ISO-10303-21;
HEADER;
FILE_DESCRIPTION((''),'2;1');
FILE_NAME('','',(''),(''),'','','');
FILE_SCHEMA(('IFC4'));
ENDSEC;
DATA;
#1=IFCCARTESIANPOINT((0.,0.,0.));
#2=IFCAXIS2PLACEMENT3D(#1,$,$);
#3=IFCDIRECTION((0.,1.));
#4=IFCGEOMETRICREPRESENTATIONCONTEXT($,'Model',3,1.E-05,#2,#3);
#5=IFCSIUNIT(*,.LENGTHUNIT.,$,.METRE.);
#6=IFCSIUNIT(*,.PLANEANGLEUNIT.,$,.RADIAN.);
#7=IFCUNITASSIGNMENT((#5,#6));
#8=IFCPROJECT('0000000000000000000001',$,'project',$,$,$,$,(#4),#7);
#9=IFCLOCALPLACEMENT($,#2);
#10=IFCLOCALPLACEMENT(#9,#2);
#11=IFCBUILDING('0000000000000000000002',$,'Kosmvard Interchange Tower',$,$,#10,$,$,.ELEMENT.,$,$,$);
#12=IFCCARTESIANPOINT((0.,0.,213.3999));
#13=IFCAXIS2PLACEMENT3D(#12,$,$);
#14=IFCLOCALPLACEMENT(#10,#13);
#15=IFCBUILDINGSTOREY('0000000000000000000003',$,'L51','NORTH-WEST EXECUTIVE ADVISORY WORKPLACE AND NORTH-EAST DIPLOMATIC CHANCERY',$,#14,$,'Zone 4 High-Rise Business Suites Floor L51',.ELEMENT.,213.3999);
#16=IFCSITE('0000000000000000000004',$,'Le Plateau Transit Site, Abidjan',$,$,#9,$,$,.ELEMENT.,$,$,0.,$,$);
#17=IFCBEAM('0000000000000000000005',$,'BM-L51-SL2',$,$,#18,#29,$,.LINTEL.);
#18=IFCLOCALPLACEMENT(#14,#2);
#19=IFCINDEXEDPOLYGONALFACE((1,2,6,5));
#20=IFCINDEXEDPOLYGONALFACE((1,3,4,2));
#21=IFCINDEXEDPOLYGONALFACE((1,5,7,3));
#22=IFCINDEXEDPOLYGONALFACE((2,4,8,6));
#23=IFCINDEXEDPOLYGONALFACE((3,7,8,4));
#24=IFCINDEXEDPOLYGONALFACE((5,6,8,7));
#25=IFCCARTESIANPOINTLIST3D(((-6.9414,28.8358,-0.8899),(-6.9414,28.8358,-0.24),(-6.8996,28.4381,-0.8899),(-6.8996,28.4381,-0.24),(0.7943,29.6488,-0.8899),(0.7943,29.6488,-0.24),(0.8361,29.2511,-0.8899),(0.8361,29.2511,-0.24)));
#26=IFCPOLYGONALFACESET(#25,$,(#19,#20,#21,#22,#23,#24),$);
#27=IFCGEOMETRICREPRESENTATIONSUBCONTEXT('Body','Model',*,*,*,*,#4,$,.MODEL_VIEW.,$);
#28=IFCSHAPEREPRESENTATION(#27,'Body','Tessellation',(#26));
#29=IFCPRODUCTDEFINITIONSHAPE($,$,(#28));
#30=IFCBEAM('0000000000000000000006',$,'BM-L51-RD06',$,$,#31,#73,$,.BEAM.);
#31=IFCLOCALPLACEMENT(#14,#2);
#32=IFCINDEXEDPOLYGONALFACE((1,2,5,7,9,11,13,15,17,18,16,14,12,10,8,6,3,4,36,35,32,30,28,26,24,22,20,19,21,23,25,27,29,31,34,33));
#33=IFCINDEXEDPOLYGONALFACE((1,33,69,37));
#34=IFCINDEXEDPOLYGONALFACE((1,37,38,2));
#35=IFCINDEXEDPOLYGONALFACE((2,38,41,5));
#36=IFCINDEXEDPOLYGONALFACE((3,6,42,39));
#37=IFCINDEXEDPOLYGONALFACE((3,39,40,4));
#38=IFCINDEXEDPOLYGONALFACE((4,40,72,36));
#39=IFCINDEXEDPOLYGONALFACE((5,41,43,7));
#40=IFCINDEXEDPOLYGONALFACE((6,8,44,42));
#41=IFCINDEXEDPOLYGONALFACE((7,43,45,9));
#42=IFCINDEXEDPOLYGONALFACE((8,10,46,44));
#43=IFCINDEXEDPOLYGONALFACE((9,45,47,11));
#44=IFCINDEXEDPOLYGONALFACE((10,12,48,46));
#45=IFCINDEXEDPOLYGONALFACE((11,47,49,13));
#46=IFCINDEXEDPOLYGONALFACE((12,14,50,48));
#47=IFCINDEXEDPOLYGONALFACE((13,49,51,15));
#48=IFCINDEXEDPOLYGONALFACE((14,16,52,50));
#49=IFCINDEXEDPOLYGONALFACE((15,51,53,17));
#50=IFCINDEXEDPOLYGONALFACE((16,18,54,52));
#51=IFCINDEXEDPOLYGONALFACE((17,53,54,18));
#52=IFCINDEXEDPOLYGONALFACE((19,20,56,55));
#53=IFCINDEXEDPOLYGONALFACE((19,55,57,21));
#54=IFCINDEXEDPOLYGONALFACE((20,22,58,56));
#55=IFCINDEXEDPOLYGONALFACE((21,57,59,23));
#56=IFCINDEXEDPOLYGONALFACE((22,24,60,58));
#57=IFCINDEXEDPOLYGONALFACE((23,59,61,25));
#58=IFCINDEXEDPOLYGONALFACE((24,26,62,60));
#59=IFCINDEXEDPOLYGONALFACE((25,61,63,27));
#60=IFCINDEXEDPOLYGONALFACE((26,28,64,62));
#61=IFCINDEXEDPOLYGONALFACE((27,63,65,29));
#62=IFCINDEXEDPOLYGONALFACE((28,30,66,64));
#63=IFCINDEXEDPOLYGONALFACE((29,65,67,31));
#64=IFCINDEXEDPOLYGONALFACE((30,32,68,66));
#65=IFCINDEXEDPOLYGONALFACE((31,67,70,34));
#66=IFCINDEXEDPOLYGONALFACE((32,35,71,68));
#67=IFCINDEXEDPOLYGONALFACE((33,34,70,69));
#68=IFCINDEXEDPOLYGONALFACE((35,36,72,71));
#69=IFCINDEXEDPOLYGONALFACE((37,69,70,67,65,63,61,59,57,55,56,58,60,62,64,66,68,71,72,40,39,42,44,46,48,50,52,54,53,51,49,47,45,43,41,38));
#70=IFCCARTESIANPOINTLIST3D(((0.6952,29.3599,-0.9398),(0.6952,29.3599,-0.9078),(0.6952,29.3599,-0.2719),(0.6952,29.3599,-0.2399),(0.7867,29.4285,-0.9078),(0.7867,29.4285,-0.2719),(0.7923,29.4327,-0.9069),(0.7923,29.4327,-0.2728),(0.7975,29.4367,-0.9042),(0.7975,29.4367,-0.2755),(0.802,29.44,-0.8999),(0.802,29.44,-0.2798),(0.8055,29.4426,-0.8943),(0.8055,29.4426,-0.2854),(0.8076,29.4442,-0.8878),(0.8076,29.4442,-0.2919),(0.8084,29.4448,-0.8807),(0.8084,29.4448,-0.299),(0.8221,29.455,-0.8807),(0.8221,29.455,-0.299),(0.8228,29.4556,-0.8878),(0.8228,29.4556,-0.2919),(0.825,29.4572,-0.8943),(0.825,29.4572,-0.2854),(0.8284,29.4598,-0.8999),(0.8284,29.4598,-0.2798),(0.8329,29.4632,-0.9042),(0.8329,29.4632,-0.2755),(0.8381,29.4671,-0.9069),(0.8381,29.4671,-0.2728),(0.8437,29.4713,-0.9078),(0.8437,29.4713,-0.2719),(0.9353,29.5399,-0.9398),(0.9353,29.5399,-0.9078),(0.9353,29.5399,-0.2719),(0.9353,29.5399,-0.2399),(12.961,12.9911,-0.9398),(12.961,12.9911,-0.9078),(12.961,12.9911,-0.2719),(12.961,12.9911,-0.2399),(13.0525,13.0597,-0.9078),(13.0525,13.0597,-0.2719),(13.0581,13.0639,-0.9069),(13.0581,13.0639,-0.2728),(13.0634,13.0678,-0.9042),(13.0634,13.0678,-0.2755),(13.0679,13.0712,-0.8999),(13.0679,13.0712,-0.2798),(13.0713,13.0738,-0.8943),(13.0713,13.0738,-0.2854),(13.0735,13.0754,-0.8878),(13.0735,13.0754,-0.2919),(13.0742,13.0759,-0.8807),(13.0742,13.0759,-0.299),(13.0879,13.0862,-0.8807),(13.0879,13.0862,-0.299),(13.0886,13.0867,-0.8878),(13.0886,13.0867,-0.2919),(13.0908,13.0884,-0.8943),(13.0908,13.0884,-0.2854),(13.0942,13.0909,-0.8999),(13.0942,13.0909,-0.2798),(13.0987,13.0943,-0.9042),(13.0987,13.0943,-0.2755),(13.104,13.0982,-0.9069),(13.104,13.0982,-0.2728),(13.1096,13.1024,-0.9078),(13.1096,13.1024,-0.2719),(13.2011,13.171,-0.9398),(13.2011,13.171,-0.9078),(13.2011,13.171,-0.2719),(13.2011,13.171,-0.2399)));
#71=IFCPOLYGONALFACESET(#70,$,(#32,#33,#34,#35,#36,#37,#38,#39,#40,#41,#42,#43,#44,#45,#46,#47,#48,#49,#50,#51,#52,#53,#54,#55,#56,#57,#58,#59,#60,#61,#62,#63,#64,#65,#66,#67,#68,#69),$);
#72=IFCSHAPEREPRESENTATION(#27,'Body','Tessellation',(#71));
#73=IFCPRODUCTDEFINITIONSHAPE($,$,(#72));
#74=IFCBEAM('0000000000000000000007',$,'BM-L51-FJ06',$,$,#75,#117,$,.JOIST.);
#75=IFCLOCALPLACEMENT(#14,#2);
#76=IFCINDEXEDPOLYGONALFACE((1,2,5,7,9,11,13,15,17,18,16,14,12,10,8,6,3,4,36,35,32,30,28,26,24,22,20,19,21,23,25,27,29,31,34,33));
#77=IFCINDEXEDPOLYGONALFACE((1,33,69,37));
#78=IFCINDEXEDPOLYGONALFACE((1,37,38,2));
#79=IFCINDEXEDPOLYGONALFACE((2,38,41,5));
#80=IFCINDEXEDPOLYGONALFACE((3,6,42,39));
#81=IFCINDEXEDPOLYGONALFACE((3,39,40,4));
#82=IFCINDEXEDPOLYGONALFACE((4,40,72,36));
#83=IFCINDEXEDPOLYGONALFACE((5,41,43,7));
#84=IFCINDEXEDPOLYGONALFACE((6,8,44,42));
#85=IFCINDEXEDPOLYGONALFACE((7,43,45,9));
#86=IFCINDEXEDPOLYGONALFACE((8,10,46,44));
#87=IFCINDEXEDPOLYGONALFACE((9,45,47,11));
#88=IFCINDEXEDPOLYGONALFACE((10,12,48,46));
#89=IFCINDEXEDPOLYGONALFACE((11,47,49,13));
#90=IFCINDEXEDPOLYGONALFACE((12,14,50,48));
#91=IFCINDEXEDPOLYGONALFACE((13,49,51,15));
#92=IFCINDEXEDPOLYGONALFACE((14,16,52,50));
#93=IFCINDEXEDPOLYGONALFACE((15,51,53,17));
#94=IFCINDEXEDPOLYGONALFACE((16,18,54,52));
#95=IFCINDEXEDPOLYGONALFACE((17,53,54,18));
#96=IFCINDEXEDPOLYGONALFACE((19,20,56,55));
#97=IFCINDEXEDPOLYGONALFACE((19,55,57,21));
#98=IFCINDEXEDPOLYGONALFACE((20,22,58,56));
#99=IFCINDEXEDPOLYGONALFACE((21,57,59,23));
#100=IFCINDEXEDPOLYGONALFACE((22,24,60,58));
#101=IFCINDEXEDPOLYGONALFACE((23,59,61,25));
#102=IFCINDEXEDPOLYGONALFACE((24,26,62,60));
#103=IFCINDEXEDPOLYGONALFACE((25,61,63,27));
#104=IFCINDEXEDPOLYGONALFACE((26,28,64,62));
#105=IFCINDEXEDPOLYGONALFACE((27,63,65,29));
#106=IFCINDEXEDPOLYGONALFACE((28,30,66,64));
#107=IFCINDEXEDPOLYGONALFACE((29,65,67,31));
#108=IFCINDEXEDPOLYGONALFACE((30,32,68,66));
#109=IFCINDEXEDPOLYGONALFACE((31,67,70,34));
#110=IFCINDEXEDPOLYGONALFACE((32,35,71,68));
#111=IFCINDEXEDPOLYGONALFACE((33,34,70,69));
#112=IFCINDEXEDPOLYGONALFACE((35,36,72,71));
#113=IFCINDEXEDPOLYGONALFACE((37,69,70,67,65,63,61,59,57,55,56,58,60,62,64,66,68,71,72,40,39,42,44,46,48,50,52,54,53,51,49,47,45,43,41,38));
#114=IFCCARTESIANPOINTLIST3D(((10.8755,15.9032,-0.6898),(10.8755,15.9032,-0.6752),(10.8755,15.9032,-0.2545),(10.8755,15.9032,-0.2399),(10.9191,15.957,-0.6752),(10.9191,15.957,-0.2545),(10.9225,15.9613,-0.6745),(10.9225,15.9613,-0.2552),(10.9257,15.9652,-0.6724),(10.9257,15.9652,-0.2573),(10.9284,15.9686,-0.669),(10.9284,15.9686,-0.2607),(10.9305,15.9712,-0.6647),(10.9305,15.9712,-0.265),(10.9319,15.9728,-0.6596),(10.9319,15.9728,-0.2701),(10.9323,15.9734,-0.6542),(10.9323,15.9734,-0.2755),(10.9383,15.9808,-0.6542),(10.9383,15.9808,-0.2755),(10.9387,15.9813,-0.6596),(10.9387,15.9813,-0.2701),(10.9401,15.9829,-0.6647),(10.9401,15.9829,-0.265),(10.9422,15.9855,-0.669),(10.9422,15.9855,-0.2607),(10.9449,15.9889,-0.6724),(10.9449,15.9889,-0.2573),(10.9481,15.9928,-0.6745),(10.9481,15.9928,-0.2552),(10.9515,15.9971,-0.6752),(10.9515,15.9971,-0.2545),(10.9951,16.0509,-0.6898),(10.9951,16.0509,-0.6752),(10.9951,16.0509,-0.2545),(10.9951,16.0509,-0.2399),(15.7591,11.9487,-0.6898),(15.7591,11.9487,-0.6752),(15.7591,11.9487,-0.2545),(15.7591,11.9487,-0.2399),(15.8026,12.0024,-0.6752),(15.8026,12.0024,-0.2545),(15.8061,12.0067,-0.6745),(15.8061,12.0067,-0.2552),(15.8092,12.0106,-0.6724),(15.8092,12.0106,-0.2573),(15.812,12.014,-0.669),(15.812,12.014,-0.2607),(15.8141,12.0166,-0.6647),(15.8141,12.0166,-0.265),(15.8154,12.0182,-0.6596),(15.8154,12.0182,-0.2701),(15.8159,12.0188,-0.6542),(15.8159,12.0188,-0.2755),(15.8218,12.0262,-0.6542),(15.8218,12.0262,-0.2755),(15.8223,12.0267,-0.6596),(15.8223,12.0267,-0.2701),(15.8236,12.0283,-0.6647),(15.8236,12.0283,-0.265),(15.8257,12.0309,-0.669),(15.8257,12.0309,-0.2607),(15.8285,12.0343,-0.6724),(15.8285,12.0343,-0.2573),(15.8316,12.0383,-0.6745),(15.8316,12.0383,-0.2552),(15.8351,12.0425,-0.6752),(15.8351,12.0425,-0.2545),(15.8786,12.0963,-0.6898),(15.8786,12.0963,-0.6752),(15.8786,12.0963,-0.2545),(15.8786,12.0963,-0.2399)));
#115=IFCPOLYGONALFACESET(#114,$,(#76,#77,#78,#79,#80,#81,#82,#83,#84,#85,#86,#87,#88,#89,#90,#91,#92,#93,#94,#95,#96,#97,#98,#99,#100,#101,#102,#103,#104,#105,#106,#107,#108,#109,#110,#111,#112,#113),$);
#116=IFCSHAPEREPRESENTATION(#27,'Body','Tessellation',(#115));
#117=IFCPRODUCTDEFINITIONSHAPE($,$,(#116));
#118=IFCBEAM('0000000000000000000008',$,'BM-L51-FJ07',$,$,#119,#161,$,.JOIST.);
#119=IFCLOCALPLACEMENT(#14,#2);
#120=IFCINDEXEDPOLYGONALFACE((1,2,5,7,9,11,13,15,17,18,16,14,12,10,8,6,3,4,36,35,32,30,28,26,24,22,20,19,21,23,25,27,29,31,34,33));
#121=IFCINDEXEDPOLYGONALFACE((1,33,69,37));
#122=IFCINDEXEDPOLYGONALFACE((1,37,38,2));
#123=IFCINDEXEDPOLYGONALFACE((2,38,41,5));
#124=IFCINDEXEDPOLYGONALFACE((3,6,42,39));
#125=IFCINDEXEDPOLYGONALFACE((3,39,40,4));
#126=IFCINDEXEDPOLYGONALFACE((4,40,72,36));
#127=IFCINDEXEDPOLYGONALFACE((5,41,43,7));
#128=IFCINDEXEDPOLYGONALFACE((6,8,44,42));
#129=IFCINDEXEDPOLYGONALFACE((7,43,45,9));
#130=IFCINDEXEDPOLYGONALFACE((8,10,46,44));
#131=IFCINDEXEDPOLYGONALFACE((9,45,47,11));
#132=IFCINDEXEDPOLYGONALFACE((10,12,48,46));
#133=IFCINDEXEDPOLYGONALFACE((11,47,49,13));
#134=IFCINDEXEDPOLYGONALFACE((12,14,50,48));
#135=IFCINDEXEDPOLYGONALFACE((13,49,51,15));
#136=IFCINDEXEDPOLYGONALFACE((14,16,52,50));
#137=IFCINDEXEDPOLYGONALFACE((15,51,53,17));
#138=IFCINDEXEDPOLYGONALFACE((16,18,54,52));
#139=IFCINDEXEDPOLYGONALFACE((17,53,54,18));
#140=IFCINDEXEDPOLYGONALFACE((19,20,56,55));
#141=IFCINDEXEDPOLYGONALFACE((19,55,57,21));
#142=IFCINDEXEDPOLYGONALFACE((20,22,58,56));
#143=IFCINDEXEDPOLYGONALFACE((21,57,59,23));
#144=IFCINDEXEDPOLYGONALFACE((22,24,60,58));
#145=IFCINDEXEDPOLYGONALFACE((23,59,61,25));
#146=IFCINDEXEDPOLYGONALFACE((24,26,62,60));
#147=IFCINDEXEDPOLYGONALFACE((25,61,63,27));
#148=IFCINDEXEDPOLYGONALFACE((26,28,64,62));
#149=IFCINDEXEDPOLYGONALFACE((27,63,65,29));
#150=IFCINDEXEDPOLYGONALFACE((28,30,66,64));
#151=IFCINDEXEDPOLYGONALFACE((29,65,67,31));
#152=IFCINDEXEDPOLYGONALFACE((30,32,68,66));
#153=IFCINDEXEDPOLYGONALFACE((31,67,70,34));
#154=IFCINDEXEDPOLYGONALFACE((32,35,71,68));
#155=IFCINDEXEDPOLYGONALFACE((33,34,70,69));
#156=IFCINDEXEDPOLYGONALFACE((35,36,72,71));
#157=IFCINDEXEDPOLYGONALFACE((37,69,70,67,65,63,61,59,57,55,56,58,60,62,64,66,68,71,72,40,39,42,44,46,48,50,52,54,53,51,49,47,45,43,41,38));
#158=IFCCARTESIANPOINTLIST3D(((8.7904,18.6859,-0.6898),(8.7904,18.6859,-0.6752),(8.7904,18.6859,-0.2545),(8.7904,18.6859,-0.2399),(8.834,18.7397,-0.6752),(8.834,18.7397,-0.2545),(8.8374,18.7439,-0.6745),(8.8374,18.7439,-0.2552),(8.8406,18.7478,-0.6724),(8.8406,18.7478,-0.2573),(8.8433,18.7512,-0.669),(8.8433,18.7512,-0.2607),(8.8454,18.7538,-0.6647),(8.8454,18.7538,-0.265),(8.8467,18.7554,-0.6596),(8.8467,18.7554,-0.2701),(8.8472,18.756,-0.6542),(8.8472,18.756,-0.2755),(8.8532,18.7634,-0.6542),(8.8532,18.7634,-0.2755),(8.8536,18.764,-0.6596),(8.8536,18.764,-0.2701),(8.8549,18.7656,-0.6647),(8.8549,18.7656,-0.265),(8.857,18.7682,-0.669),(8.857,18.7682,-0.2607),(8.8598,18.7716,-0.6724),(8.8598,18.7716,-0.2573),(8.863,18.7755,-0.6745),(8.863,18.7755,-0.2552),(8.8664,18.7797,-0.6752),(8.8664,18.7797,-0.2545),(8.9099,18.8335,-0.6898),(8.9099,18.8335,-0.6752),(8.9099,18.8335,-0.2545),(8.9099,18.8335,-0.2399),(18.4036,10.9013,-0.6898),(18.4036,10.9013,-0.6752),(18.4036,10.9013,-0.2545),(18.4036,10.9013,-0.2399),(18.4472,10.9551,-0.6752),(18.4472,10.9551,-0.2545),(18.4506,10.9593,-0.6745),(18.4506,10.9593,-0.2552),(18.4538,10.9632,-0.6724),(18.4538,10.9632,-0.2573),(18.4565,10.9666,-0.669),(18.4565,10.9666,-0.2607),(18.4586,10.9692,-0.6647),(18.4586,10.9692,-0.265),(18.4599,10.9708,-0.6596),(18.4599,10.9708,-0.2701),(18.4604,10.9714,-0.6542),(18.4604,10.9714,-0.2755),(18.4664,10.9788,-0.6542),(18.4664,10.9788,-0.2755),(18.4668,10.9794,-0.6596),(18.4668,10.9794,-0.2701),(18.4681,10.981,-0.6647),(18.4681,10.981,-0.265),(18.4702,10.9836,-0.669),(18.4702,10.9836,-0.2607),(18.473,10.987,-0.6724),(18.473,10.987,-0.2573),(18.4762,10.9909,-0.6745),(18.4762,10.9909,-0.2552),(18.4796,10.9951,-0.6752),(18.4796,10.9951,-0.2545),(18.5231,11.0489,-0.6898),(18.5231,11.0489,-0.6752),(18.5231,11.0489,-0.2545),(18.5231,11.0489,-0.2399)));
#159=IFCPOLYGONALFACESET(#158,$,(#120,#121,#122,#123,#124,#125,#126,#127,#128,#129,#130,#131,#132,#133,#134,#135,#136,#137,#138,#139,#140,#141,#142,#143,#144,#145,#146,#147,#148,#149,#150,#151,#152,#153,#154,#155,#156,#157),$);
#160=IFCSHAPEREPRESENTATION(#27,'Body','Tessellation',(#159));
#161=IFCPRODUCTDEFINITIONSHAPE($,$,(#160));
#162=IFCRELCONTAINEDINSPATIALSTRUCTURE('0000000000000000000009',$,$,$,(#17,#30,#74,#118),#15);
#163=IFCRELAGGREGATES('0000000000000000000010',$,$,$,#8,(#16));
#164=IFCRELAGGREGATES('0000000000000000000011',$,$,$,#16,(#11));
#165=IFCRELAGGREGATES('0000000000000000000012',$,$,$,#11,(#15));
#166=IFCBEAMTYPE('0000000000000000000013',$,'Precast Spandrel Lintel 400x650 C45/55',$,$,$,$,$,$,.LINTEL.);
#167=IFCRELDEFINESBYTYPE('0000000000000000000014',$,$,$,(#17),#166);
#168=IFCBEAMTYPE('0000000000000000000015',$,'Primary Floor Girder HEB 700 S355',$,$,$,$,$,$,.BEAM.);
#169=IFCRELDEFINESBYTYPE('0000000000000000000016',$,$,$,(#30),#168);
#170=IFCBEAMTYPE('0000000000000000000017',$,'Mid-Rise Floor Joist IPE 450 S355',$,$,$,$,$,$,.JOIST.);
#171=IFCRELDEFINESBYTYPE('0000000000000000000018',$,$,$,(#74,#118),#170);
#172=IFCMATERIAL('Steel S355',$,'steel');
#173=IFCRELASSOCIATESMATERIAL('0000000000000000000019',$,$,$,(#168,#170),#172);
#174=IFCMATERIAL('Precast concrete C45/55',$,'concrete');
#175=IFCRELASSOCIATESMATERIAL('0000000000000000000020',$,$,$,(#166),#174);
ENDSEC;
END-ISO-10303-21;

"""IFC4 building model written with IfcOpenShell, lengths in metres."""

from ifc_helpers import new_model, si_unit, direction, frame, origin, origin_2d, place, context, subcontext, project, spatial, rectangle, i_section, extrude, source, transform, mapped, material, material_profile, profile_set, type_object, element, save


model = new_model("IFC4")

# Units and contexts
model_context = context("Model", 3, precision=1e-05, world=origin(), true_north=direction((0.0, 1.0)))
body_context = subcontext(model_context, "Body", "Model", "MODEL_VIEW")
ifc_project = project(units=[si_unit("LENGTHUNIT", "METRE"), si_unit("PLANEANGLEUNIT", "RADIAN")], contexts=[model_context])

# Site, building, storey
site_placement = place(None, origin())
site = spatial("IfcSite", under=ifc_project, at=site_placement, Name="Le Plateau Transit Site, Abidjan", CompositionType="ELEMENT", RefElevation=0.0)
building_placement = place(site_placement, origin())
building = spatial("IfcBuilding", under=site, at=building_placement, Name="Kosmvard Interchange Tower", CompositionType="ELEMENT")
storey_placement = place(building_placement, frame((0.0, 0.0, 213.3999)))
storey = spatial("IfcBuildingStorey", under=building, at=storey_placement, Name="L51", Description="NORTH-WEST EXECUTIVE ADVISORY WORKPLACE AND NORTH-EAST DIPLOMATIC CHANCERY", LongName="Zone 4 High-Rise Business Suites Floor L51", CompositionType="ELEMENT", Elevation=213.3999)

# Beams
ifc_material_1 = material(Name="Steel S355", Category="steel")
ifc_material_profile_1 = material_profile(ifc_material_1, i_section(OverallWidth=0.3, OverallDepth=0.7, WebThickness=0.0171, FlangeThickness=0.032, FilletRadius=0.0271, at=origin_2d()), Name="HEB 700")
ifc_profile_set_1 = profile_set([ifc_material_profile_1], Name="Steel S355")
beam_type_1 = type_object("IfcBeamType", Name="Primary Floor Girder HEB 700 S355", PredefinedType="BEAM", material=ifc_profile_set_1)
ifc_material_2 = material(Name="Precast concrete C45/55", Category="concrete")
ifc_material_profile_2 = material_profile(ifc_material_2, rectangle(XDim=0.3999, YDim=0.6499, at=origin_2d()), Name="SL 400x650")
ifc_profile_set_2 = profile_set([ifc_material_profile_2], Name="Precast concrete C45/55")
beam_type_2 = type_object("IfcBeamType", Name="Precast Spandrel Lintel 400x650 C45/55", PredefinedType="LINTEL", material=ifc_profile_set_2)
shared_shape_1 = source(origin(), body_context, "Body", "SweptSolid", [
    extrude(rectangle(XDim=0.3999, YDim=0.6499, at=origin_2d()), origin(), (0.0, 0.0, 1.0), 7.7783),
])
beam_1_placement = place(storey_placement, frame((0.8152, 29.45, -0.5649), z_axis=(-0.994523, -0.104521, 0.0), x_axis=(0.104521, -0.994523, 0.0)))
element("IfcBeam", 1, at=beam_1_placement, inside=storey, type_object=beam_type_2, Name="BM-L51-SL2", PredefinedType="LINTEL", context=body_context, shape_type="MappedRepresentation", body=[
    mapped(shared_shape_1, transform((0.0, 0.0, 0.0), scale=1.0)),
])
shared_shape_2 = source(origin(), body_context, "Body", "SweptSolid", [
    extrude(i_section(OverallWidth=0.3, OverallDepth=0.7, WebThickness=0.0171, FlangeThickness=0.032, FilletRadius=0.0271, at=origin_2d()), origin(), (0.0, 0.0, 1.0), 20.4546),
])
beam_2_placement = place(storey_placement, frame((13.0811, 13.0811, -0.5898), z_axis=(-0.599662, 0.800253, 0.0), x_axis=(-0.800253, -0.599662, 0.0)))
element("IfcBeam", 2, at=beam_2_placement, inside=storey, type_object=beam_type_1, Name="BM-L51-RD06", PredefinedType="BEAM", context=body_context, shape_type="MappedRepresentation", body=[
    mapped(shared_shape_2, transform((0.0, 0.0, 0.0), scale=1.0)),
])
ifc_material_profile_3 = material_profile(ifc_material_1, i_section(OverallWidth=0.1899, OverallDepth=0.45, WebThickness=0.0095, FlangeThickness=0.0146, FilletRadius=0.021, at=origin_2d()), Name="IPE 450")
ifc_profile_set_3 = profile_set([ifc_material_profile_3], Name="Steel S355")
beam_type_3 = type_object("IfcBeamType", Name="Mid-Rise Floor Joist IPE 450 S355", PredefinedType="JOIST", material=ifc_profile_set_3)
shared_shape_3 = source(origin(), body_context, "Body", "SweptSolid", [
    extrude(i_section(OverallWidth=0.1899, OverallDepth=0.45, WebThickness=0.0095, FlangeThickness=0.0146, FilletRadius=0.021, at=origin_2d()), origin(), (0.0, 0.0, 1.0), 6.2839),
])
beam_3_placement = place(storey_placement, frame((15.8188, 12.0225, -0.4648), z_axis=(-0.777148, 0.629318, 0.0), x_axis=(-0.629318, -0.777148, 0.0)))
element("IfcBeam", 3, at=beam_3_placement, inside=storey, type_object=beam_type_3, Name="BM-L51-FJ06", PredefinedType="JOIST", context=body_context, shape_type="MappedRepresentation", body=[
    mapped(shared_shape_3, transform((0.0, 0.0, 0.0), scale=1.0)),
])
shared_shape_4 = source(origin(), body_context, "Body", "SweptSolid", [
    extrude(i_section(OverallWidth=0.1899, OverallDepth=0.45, WebThickness=0.0095, FlangeThickness=0.0146, FilletRadius=0.021, at=origin_2d()), origin(), (0.0, 0.0, 1.0), 12.3699),
])
beam_4_placement = place(storey_placement, frame((18.4634, 10.9751, -0.4648), z_axis=(-0.777147, 0.62932, 0.0), x_axis=(-0.62932, -0.777147, 0.0)))
element("IfcBeam", 4, at=beam_4_placement, inside=storey, type_object=beam_type_3, Name="BM-L51-FJ07", PredefinedType="JOIST", context=body_context, shape_type="MappedRepresentation", body=[
    mapped(shared_shape_4, transform((0.0, 0.0, 0.0), scale=1.0)),
])

save(model, "model.ifc")
